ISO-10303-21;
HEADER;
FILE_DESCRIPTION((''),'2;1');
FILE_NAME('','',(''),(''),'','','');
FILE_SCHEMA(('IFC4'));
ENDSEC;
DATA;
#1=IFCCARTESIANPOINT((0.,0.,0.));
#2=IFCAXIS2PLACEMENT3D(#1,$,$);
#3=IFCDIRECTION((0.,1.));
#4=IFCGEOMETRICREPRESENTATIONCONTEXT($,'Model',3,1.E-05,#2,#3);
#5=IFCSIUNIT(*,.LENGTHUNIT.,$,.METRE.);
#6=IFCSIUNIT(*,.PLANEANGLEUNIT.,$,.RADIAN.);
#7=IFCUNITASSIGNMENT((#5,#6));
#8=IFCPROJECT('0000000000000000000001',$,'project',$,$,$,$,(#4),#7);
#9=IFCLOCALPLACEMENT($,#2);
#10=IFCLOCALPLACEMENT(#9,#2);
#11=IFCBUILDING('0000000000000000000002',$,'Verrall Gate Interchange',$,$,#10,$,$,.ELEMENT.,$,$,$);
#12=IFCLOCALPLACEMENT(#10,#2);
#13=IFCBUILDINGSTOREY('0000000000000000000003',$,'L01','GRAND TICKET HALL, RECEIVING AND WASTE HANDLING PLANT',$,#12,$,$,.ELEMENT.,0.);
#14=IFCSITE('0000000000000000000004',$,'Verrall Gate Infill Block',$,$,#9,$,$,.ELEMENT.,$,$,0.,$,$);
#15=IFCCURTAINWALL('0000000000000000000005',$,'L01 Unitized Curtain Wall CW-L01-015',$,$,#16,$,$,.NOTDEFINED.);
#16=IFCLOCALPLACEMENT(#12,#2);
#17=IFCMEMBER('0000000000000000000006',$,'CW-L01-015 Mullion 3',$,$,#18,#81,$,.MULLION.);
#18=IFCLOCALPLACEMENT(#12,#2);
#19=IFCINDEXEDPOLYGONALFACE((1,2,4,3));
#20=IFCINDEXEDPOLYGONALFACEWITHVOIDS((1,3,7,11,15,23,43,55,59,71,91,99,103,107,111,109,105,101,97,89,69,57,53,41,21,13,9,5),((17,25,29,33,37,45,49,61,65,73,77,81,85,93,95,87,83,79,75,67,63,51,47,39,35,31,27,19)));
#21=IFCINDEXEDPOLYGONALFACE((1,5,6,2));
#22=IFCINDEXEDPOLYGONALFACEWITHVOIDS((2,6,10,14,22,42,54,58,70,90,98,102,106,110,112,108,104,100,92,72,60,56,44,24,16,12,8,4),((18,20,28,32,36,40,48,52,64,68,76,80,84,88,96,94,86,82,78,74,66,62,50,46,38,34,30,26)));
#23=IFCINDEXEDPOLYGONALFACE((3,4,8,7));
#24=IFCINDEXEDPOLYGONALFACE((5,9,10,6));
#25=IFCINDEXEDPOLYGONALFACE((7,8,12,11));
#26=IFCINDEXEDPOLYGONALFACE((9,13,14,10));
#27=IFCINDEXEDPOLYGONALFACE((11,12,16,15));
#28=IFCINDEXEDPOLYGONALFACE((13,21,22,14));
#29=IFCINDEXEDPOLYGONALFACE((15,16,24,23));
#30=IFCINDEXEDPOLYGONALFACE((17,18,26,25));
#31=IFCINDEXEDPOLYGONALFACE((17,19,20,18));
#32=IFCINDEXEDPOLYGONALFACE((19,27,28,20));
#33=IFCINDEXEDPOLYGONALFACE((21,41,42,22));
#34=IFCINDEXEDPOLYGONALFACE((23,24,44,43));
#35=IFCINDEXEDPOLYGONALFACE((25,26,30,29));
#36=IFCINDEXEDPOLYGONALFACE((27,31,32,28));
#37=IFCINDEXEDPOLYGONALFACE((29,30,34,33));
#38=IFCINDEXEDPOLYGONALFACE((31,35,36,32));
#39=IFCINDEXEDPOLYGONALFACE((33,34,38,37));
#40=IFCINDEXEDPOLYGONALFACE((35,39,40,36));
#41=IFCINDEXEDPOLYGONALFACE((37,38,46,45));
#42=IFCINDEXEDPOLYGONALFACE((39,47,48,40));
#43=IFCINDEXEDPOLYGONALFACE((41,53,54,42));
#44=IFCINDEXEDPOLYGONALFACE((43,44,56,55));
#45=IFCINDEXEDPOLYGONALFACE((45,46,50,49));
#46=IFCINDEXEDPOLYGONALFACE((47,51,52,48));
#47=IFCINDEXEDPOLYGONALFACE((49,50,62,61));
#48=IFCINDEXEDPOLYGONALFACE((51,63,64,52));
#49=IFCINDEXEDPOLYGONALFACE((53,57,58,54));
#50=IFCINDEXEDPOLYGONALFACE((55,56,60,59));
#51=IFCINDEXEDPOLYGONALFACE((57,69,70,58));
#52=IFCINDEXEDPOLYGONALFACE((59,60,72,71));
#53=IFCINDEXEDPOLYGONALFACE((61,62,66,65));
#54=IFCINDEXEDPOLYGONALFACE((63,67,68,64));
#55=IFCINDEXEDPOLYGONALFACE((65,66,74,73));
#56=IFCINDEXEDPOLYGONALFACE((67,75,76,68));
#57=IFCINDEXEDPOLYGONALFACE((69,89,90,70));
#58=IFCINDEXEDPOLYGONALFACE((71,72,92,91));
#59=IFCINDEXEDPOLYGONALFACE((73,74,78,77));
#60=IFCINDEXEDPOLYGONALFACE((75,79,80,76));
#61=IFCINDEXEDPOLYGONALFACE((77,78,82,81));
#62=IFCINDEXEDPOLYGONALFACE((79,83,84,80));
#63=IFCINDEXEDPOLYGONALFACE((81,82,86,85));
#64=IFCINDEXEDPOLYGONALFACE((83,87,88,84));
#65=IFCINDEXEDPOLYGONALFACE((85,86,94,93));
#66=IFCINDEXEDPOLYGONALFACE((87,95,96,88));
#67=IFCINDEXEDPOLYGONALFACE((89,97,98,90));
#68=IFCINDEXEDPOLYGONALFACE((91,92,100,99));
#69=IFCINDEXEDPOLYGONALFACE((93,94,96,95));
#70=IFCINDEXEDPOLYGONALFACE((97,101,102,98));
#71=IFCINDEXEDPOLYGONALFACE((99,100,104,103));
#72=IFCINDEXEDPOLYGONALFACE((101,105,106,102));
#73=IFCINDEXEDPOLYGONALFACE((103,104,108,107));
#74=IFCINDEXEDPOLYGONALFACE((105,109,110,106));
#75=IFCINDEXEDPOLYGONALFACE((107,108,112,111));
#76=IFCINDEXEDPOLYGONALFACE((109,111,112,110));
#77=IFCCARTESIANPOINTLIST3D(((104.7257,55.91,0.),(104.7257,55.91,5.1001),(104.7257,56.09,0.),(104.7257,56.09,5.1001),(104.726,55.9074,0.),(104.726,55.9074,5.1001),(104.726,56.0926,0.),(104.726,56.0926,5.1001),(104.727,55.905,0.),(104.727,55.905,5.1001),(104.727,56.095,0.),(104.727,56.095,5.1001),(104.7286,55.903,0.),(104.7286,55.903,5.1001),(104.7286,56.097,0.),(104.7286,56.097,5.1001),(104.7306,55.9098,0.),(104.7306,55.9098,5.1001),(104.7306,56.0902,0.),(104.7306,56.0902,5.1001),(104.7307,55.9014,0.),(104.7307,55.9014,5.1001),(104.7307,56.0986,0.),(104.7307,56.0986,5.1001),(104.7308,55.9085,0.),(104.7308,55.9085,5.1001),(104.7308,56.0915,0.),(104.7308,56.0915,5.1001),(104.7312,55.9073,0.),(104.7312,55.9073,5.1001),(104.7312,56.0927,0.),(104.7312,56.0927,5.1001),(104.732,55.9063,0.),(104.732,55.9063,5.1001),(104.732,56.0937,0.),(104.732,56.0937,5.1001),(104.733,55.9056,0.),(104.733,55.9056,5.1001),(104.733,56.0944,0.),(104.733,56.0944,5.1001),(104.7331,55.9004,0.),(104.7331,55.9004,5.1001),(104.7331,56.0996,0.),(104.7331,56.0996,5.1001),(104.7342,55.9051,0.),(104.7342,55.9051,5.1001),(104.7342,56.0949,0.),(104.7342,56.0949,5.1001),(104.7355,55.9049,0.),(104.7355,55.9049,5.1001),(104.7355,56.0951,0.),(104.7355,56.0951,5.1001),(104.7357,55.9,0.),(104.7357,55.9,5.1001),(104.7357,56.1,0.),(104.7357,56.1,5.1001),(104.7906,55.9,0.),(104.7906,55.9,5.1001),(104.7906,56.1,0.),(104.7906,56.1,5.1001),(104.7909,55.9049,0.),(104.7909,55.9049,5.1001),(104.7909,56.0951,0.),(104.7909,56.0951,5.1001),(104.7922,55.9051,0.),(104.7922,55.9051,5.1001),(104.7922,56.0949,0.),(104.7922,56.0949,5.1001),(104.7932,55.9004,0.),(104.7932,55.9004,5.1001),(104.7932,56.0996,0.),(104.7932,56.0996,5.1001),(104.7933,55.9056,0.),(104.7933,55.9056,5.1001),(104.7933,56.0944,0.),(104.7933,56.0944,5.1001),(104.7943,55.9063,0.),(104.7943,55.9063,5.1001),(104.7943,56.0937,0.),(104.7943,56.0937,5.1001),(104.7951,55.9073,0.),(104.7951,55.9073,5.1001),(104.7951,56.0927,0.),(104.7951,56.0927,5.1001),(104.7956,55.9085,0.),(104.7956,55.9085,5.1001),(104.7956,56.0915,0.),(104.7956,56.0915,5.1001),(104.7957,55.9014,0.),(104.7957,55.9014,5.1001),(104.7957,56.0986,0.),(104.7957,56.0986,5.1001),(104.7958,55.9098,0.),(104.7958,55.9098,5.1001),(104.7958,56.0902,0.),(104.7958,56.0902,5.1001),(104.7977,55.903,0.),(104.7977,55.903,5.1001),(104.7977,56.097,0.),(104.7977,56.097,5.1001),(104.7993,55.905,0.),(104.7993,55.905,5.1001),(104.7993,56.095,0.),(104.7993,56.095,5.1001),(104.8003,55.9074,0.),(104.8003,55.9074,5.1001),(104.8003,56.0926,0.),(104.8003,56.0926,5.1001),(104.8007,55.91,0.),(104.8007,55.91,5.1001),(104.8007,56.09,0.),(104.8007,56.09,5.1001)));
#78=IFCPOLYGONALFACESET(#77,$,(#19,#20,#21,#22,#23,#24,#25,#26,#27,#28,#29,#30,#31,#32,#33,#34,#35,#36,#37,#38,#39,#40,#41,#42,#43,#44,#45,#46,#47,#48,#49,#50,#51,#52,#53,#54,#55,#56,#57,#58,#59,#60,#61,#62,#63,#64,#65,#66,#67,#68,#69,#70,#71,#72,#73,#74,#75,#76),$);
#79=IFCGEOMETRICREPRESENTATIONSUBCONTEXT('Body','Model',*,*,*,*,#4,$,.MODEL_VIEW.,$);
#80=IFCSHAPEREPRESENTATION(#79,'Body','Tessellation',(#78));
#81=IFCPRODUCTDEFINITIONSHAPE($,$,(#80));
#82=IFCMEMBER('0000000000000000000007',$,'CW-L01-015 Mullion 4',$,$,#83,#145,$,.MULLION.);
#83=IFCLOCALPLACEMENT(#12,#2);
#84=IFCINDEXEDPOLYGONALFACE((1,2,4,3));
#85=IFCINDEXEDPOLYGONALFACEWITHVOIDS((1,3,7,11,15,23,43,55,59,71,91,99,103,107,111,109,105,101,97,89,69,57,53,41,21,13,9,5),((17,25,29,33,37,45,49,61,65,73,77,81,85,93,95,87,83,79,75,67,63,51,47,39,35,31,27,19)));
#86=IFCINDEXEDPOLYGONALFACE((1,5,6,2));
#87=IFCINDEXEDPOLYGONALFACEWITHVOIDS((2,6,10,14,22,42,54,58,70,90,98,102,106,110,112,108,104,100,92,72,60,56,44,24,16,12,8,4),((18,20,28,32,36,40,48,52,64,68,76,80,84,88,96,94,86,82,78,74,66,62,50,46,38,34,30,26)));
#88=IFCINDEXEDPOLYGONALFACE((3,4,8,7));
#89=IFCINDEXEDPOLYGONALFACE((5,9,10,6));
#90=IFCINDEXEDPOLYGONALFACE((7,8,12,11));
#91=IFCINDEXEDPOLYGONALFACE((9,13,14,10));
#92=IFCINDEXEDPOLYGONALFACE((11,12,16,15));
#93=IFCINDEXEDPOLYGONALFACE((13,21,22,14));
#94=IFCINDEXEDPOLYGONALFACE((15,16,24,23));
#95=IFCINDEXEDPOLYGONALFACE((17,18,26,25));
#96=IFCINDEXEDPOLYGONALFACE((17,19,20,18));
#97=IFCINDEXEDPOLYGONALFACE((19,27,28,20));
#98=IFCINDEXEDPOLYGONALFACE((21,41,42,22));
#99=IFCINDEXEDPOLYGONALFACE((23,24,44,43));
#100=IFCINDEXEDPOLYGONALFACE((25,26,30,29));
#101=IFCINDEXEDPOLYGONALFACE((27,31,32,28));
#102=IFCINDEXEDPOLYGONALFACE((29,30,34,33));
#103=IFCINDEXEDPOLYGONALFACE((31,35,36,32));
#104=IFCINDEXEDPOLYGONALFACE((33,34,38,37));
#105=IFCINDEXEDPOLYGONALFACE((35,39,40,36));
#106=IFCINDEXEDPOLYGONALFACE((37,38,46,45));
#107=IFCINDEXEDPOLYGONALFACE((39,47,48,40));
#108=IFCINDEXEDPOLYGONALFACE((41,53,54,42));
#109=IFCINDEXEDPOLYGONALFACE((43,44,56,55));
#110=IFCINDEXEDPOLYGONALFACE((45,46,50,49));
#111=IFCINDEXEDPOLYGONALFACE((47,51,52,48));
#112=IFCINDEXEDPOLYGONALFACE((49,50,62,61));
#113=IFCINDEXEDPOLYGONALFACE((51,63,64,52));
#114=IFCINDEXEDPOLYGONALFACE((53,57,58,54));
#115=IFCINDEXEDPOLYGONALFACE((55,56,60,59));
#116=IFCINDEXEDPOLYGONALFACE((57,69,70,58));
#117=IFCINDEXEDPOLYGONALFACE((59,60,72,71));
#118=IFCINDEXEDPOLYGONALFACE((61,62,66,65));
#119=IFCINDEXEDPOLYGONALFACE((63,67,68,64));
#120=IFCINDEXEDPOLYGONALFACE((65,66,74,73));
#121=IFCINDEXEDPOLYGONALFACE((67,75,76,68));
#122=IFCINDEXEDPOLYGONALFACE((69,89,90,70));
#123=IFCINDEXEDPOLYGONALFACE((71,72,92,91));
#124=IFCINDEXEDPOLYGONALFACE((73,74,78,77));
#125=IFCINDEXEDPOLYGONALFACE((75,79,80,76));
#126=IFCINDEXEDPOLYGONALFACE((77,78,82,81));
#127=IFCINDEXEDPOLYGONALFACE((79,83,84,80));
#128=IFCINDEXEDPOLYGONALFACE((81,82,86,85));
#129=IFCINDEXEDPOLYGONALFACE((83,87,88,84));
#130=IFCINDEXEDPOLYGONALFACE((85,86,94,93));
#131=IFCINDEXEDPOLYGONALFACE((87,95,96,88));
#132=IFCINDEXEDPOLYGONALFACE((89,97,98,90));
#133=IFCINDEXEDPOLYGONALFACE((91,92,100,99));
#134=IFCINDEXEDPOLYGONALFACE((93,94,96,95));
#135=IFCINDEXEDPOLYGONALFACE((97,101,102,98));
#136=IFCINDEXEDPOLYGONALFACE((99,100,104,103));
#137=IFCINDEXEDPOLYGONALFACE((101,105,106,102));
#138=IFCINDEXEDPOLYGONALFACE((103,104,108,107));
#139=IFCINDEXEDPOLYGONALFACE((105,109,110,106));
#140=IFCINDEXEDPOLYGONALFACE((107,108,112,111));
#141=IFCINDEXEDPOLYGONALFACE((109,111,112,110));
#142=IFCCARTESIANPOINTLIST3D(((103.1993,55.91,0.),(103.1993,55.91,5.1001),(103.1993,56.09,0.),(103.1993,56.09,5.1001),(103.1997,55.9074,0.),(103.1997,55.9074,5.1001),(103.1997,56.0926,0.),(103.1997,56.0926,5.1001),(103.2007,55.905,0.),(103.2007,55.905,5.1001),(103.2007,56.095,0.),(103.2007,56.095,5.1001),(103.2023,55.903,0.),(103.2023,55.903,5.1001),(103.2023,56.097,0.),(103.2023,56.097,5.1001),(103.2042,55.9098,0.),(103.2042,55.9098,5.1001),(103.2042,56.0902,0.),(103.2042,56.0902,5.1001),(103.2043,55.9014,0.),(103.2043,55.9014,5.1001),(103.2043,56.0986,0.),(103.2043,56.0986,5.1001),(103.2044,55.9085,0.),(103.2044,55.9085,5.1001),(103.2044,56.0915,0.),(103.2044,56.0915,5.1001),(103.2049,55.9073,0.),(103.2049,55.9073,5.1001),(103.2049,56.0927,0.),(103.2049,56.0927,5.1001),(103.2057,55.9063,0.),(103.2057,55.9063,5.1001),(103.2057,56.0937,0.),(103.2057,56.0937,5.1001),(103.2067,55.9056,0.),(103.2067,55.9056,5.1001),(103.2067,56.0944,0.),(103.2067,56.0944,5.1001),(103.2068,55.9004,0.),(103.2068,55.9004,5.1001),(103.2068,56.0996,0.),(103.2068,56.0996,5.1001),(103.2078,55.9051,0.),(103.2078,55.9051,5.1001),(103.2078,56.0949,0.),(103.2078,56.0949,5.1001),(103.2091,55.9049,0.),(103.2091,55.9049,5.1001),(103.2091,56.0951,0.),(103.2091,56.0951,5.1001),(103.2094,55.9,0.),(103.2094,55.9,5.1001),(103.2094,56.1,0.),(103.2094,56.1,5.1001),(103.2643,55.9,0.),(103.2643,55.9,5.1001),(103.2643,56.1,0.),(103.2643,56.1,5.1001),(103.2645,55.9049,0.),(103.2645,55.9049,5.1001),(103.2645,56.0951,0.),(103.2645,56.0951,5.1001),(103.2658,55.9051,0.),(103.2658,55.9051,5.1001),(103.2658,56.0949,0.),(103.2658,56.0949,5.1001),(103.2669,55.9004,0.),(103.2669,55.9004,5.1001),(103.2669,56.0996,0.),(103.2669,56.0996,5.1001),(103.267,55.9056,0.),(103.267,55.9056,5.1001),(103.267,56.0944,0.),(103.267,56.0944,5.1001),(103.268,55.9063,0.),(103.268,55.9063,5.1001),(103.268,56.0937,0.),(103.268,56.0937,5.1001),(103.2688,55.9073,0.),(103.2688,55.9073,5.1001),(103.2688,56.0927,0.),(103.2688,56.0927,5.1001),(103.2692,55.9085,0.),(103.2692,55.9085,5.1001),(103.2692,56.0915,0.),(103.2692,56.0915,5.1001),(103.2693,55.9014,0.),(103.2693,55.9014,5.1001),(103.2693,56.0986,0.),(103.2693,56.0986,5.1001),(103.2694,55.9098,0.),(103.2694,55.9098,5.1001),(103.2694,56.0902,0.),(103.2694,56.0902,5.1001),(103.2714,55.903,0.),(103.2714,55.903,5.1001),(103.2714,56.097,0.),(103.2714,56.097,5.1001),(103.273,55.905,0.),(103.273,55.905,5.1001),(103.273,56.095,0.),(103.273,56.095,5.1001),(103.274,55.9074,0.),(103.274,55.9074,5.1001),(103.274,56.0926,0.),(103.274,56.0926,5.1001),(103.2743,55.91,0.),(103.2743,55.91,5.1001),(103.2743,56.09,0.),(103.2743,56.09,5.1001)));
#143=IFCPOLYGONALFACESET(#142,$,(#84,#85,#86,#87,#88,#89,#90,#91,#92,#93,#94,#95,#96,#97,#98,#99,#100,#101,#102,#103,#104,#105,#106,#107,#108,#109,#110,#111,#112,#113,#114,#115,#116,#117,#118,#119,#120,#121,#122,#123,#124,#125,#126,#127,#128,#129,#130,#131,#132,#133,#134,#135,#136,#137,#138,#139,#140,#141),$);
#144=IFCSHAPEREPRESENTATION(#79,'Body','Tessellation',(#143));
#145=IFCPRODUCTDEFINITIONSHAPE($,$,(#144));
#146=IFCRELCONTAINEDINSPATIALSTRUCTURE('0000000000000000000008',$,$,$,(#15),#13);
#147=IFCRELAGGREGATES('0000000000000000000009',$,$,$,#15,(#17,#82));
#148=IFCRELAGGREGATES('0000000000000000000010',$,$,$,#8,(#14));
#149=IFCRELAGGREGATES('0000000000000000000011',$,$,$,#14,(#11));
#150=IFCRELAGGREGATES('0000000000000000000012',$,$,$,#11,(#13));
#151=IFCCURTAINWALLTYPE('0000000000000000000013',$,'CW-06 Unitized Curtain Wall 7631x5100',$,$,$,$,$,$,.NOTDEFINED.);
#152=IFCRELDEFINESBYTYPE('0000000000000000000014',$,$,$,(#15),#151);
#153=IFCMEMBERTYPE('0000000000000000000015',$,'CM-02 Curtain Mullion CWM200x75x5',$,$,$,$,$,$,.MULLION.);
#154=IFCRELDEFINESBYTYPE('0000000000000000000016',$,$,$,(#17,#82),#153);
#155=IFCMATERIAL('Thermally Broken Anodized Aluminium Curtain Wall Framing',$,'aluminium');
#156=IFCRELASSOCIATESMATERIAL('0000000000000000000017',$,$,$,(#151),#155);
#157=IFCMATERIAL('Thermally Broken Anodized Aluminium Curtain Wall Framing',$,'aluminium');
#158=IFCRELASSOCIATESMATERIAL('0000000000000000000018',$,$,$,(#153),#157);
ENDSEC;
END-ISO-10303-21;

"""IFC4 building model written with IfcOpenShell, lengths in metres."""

from ifc_helpers import new_model, si_unit, direction, frame, origin, origin_2d, place, context, subcontext, project, spatial, hollow_rectangle, extrude, material, material_profile, profile_set, type_object, element, aggregate, save


model = new_model("IFC4")

# Units and contexts
model_context = context("Model", 3, precision=1e-05, world=origin(), true_north=direction((0.0, 1.0)))
body_context = subcontext(model_context, "Body", "Model", "MODEL_VIEW")
ifc_project = project(units=[si_unit("LENGTHUNIT", "METRE"), si_unit("PLANEANGLEUNIT", "RADIAN")], contexts=[model_context])

# Site, building, storey
site_placement = place(None, origin())
site = spatial("IfcSite", under=ifc_project, at=site_placement, Name="Verrall Gate Infill Block", CompositionType="ELEMENT", RefElevation=0.0)
building_placement = place(site_placement, origin())
building = spatial("IfcBuilding", under=site, at=building_placement, Name="Verrall Gate Interchange", CompositionType="ELEMENT")
storey_placement = place(building_placement, origin())
storey = spatial("IfcBuildingStorey", under=building, at=storey_placement, Name="L01", Description="GRAND TICKET HALL, RECEIVING AND WASTE HANDLING PLANT", CompositionType="ELEMENT", Elevation=0.0)

# Curtain wall, members
ifc_material_1 = material(Name="Thermally Broken Anodized Aluminium Curtain Wall Framing", Category="aluminium")
curtain_wall_type = type_object("IfcCurtainWallType", Name="CW-06 Unitized Curtain Wall 7631x5100", PredefinedType="NOTDEFINED", material=ifc_material_1)
curtain_wall_placement = place(storey_placement, origin())
curtain_wall = element("IfcCurtainWall", 1, at=curtain_wall_placement, inside=storey, type_object=curtain_wall_type, Name="L01 Unitized Curtain Wall CW-L01-015", PredefinedType="NOTDEFINED")
ifc_material_2 = material(Name="Thermally Broken Anodized Aluminium Curtain Wall Framing", Category="aluminium")
ifc_material_profile_1 = material_profile(ifc_material_2, hollow_rectangle(XDim=0.075, YDim=0.2, WallThickness=0.0049, InnerFilletRadius=0.0049, OuterFilletRadius=0.01, at=origin_2d()), Name="CWM200x75x5")
ifc_profile_set_1 = profile_set([ifc_material_profile_1], Name="Thermally Broken Anodized Aluminium Curtain Wall Framing")
member_type_1 = type_object("IfcMemberType", Name="CM-02 Curtain Mullion CWM200x75x5", PredefinedType="MULLION", material=ifc_profile_set_1)
member_1_placement = place(storey_placement, frame((104.7632, 56.0, 0.0), z_axis=(0.0, 0.0, 1.0), x_axis=(-1.0, 0.0, 0.0)))
member_1 = element("IfcMember", 2, at=member_1_placement, type_object=member_type_1, Name="CW-L01-015 Mullion 3", PredefinedType="MULLION", context=body_context, shape_type="SweptSolid", body=[
    extrude(hollow_rectangle(XDim=0.075, YDim=0.2, WallThickness=0.0049, InnerFilletRadius=0.0049, OuterFilletRadius=0.01, at=origin_2d()), origin(), (0.0, 0.0, 1.0), 5.1001),
])
member_2_placement = place(storey_placement, frame((103.2368, 56.0, 0.0), z_axis=(0.0, 0.0, 1.0), x_axis=(-1.0, 0.0, 0.0)))
member_2 = element("IfcMember", 3, at=member_2_placement, type_object=member_type_1, Name="CW-L01-015 Mullion 4", PredefinedType="MULLION", context=body_context, shape_type="SweptSolid", body=[
    extrude(hollow_rectangle(XDim=0.075, YDim=0.2, WallThickness=0.0049, InnerFilletRadius=0.0049, OuterFilletRadius=0.01, at=origin_2d()), origin(), (0.0, 0.0, 1.0), 5.1001),
])
aggregate(curtain_wall, [member_1, member_2])

save(model, "model.ifc")
